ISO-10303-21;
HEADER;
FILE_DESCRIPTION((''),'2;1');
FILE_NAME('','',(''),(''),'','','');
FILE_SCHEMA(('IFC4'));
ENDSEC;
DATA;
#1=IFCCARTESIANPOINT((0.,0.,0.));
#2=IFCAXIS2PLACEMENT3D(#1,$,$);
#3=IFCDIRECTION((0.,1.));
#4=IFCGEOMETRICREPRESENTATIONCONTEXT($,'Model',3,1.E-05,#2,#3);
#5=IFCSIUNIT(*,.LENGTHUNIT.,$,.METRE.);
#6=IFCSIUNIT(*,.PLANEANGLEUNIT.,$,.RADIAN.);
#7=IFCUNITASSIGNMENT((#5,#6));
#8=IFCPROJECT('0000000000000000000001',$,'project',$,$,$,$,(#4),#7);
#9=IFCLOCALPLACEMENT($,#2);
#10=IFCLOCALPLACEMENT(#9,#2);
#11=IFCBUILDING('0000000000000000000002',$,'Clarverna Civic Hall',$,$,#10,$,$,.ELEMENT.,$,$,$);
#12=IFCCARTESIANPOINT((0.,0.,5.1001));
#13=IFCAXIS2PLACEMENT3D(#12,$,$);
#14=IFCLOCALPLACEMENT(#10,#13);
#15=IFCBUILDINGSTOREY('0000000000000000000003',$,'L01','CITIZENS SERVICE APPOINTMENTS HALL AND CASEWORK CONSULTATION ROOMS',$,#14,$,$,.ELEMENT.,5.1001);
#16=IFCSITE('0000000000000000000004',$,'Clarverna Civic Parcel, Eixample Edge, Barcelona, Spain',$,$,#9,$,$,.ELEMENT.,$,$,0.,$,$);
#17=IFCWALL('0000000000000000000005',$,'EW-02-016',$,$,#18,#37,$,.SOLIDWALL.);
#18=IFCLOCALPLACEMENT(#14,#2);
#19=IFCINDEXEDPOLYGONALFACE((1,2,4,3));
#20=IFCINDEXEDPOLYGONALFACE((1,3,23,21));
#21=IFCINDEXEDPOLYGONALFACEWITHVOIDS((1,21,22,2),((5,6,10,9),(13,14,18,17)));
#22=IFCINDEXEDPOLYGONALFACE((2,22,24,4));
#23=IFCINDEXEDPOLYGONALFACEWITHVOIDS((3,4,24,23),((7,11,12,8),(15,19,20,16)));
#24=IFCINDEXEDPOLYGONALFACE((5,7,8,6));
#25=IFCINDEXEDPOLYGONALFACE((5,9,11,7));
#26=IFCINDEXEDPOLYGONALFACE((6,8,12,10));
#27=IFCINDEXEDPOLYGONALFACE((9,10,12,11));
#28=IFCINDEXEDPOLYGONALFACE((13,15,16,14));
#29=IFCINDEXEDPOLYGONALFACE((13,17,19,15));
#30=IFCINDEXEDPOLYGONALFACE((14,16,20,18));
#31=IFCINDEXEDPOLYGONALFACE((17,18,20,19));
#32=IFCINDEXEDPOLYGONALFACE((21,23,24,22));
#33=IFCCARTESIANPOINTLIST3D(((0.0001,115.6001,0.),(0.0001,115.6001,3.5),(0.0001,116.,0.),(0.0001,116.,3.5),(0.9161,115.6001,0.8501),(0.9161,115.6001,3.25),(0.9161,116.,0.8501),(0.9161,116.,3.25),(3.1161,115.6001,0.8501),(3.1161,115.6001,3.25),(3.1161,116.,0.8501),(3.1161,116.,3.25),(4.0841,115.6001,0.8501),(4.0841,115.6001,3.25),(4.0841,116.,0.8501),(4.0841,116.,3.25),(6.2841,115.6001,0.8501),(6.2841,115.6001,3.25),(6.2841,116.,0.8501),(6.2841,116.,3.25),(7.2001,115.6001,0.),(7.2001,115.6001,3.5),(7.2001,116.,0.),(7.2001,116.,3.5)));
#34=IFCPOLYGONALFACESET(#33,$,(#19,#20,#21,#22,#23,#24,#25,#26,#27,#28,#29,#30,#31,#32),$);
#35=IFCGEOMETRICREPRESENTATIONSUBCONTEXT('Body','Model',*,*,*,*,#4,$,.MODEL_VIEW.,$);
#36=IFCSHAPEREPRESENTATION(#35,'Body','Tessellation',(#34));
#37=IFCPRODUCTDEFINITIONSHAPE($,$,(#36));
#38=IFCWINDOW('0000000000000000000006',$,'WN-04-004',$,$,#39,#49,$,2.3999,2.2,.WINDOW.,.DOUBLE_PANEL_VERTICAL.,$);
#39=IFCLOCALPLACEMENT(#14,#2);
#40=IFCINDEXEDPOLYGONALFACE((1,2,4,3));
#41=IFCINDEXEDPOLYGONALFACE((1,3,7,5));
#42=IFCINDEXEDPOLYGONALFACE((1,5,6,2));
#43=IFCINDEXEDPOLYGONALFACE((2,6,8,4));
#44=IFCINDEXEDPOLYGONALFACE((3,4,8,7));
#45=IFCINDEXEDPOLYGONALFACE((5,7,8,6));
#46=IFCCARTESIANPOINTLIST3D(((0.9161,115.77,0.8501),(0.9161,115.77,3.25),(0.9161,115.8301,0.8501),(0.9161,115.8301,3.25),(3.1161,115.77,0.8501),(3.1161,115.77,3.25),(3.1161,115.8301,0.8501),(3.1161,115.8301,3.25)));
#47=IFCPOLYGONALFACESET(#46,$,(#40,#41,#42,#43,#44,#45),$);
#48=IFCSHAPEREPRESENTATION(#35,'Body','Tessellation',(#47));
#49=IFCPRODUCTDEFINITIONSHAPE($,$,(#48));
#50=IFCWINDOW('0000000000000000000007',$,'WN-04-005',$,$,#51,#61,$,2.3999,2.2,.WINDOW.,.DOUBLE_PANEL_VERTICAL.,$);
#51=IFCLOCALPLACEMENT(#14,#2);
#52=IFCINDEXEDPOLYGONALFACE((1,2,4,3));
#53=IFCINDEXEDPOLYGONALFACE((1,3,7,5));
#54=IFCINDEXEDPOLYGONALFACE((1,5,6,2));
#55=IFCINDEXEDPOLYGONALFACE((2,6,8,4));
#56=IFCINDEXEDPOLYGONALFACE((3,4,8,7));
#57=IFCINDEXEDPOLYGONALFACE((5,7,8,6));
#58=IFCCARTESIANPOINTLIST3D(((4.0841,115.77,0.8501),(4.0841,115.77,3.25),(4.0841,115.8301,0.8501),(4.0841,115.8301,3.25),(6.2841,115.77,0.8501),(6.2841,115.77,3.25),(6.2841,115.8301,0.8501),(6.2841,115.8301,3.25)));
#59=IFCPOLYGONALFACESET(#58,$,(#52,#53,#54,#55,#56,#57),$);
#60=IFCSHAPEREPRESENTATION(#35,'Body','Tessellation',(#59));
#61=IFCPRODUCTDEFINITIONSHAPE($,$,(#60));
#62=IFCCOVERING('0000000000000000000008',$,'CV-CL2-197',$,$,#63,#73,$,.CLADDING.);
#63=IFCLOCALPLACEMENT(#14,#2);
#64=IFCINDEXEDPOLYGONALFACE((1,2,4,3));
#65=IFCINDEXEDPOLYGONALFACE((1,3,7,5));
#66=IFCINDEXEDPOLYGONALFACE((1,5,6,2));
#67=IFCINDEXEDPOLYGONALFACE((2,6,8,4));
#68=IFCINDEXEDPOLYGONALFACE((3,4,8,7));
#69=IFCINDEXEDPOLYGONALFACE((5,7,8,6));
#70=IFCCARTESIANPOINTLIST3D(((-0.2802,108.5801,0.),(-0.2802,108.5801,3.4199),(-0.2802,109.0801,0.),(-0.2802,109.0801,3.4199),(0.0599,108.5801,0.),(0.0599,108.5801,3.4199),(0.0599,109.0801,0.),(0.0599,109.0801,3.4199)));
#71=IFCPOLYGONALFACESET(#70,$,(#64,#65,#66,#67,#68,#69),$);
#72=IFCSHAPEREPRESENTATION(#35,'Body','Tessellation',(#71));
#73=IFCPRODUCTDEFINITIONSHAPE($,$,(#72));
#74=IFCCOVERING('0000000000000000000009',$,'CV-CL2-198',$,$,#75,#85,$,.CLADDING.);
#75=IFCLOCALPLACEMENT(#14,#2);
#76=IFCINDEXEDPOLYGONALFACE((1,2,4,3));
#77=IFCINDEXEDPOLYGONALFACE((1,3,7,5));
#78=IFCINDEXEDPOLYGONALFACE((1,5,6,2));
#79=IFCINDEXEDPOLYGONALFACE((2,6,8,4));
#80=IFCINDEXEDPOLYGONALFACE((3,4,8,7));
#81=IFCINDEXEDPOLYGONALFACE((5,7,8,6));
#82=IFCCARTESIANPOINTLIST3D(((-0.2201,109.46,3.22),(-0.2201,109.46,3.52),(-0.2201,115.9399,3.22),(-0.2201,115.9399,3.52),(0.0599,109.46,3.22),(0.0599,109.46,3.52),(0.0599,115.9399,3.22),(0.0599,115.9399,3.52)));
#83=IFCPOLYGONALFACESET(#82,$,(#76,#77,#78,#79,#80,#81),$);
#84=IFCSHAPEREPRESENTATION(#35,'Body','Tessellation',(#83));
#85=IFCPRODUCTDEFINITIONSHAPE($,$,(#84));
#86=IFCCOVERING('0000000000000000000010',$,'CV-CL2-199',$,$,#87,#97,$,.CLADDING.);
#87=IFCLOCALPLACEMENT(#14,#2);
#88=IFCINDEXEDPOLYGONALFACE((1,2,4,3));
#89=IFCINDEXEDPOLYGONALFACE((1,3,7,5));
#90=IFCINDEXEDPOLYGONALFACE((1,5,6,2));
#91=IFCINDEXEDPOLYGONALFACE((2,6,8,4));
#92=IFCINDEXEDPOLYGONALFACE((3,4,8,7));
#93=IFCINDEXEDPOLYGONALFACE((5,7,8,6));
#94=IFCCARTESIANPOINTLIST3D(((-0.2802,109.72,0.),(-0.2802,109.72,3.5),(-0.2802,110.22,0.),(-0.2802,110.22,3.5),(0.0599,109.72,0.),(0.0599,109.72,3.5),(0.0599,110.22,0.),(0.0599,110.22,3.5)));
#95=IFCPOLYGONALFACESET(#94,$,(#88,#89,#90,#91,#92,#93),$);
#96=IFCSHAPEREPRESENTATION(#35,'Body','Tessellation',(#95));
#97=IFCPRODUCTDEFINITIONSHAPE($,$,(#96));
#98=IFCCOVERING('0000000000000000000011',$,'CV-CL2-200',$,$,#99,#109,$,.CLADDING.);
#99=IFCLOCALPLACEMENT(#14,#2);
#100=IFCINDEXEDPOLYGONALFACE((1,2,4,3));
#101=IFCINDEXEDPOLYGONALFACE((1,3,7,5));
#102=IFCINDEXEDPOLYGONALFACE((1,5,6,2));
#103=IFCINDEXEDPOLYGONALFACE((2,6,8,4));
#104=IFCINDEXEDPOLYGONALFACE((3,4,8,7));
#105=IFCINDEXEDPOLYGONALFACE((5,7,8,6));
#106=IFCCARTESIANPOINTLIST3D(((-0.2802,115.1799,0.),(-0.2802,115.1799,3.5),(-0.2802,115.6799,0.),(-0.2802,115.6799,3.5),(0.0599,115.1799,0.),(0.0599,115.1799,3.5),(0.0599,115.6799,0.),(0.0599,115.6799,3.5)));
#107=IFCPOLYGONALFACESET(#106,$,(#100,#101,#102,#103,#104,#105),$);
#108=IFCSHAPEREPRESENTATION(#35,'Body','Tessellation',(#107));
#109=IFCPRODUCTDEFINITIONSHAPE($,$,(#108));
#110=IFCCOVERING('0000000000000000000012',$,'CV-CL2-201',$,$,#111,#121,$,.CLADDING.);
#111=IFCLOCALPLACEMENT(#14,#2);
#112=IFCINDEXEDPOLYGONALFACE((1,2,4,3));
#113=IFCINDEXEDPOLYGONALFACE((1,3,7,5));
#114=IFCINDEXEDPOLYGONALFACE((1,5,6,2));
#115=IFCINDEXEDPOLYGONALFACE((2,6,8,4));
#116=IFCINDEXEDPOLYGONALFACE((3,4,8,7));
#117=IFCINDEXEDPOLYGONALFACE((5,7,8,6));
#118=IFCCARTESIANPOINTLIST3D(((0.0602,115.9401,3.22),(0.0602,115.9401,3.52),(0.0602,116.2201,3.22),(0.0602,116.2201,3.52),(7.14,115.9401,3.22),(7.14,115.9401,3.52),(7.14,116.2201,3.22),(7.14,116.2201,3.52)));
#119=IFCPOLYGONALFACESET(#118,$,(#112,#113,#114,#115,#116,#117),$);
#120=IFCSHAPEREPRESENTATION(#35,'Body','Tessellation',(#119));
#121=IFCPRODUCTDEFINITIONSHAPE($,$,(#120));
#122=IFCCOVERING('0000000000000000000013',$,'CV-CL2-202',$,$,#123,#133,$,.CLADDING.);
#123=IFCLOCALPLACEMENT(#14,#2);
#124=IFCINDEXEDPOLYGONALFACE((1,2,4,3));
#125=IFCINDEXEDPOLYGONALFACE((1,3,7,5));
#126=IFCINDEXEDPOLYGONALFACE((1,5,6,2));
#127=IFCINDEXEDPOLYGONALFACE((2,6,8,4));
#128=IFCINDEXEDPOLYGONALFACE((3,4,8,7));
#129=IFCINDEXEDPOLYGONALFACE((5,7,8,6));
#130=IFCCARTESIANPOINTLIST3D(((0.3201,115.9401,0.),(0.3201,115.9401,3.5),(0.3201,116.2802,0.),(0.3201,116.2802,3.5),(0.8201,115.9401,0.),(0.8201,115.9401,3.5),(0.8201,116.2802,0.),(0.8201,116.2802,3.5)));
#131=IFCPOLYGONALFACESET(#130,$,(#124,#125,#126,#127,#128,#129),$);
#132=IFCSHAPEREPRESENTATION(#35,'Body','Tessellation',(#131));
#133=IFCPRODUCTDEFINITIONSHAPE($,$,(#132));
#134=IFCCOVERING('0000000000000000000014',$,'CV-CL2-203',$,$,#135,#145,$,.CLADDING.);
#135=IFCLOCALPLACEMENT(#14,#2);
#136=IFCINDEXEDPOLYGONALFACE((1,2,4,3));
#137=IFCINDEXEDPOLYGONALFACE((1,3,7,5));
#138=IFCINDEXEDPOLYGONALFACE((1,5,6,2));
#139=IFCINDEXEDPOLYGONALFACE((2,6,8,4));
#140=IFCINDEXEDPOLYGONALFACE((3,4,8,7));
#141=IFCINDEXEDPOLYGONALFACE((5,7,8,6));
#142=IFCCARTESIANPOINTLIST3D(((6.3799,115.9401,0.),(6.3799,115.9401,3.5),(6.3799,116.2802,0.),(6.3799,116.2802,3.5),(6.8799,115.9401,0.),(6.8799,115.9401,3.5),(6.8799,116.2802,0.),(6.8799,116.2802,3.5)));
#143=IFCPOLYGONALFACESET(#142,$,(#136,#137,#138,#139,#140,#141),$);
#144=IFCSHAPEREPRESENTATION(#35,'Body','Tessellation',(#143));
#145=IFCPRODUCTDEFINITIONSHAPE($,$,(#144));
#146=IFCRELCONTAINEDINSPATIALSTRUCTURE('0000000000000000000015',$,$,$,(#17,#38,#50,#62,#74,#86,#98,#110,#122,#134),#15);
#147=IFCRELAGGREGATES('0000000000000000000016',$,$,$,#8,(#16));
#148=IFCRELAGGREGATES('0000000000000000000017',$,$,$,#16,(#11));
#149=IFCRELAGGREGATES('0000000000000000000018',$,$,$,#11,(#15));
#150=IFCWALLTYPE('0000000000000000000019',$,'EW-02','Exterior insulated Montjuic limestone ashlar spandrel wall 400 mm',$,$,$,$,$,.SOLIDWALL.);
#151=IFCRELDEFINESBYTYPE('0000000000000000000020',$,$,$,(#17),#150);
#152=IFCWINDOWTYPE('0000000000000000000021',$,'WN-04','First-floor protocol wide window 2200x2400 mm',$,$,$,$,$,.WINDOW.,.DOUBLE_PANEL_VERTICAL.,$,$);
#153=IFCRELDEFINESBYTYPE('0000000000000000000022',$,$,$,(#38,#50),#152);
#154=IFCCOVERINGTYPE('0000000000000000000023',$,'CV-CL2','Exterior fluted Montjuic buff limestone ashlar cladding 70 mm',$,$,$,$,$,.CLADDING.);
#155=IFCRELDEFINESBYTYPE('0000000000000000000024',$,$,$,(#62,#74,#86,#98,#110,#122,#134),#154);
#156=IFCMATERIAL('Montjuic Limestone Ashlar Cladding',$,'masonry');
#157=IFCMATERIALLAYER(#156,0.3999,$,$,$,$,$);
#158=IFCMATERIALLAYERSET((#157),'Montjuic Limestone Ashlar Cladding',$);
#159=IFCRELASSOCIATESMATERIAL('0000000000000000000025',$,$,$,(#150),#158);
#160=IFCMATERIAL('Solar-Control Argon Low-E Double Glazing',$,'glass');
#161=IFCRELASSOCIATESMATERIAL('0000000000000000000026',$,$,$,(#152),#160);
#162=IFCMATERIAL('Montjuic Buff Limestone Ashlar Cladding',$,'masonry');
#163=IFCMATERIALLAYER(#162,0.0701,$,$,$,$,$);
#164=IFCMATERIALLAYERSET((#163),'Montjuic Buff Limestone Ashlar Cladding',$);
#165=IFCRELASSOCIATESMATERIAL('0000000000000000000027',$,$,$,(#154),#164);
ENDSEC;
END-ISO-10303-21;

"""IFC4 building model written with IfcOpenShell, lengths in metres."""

from ifc_helpers import new_model, si_unit, direction, frame, frame_2d, origin, place, context, subcontext, project, spatial, rectangle, extrude, material, layer, layer_set, type_object, element, fill, save


model = new_model("IFC4")

# Units and contexts
model_context = context("Model", 3, precision=1e-05, world=origin(), true_north=direction((0.0, 1.0)))
body_context = subcontext(model_context, "Body", "Model", "MODEL_VIEW")
ifc_project = project(units=[si_unit("LENGTHUNIT", "METRE"), si_unit("PLANEANGLEUNIT", "RADIAN")], contexts=[model_context])

# Site, building, storey
site_placement = place(None, origin())
site = spatial("IfcSite", under=ifc_project, at=site_placement, Name="Clarverna Civic Parcel, Eixample Edge, Barcelona, Spain", CompositionType="ELEMENT", RefElevation=0.0)
building_placement = place(site_placement, origin())
building = spatial("IfcBuilding", under=site, at=building_placement, Name="Clarverna Civic Hall", CompositionType="ELEMENT")
storey_placement = place(building_placement, frame((0.0, 0.0, 5.1001)))
storey = spatial("IfcBuildingStorey", under=building, at=storey_placement, Name="L01", Description="CITIZENS SERVICE APPOINTMENTS HALL AND CASEWORK CONSULTATION ROOMS", CompositionType="ELEMENT", Elevation=5.1001)

# Shared definitions
ifc_material_1 = material(Name="Montjuic Limestone Ashlar Cladding", Category="masonry")
ifc_layer_1 = layer(ifc_material_1, 0.3999)
ifc_layer_set_1 = layer_set([ifc_layer_1], Name="Montjuic Limestone Ashlar Cladding")
wall_type = type_object("IfcWallType", Name="EW-02", Description="Exterior insulated Montjuic limestone ashlar spandrel wall 400 mm", PredefinedType="SOLIDWALL", material=ifc_layer_set_1)
ifc_material_2 = material(Name="Solar-Control Argon Low-E Double Glazing", Category="glass")

# Wall, openings, windows
wall_1_placement = place(storey_placement, frame((0.0, 115.8, 0.0), z_axis=(0.0, 0.0, 1.0), x_axis=(1.0, 0.0, 0.0)))
wall_1 = element("IfcWall", 1, at=wall_1_placement, inside=storey, type_object=wall_type, Name="EW-02-016", PredefinedType="SOLIDWALL", context=body_context, shape_type="SweptSolid", body=[
    extrude(rectangle(XDim=7.2, YDim=0.3999, at=frame_2d((3.6001, 0.0))), origin(), (0.0, 0.0, 1.0), 3.5),
])
opening_1_placement = place(wall_1_placement, frame((0.916, 0.0, 0.8501)))
opening_1 = element("IfcOpeningElement", 2, at=opening_1_placement, cuts=wall_1, PredefinedType="OPENING", context=body_context, shape_type="SweptSolid", body=[
    extrude(rectangle(XDim=2.2, YDim=2.3999, at=frame_2d((1.1001, 1.2))), frame((0.0, 0.21, 0.0), z_axis=(0.0, -1.0, 0.0), x_axis=(1.0, 0.0, 0.0)), (0.0, 0.0, 1.0), 0.4199),
])
opening_2_placement = place(wall_1_placement, frame((4.084, 0.0, 0.8501)))
opening_2 = element("IfcOpeningElement", 3, at=opening_2_placement, cuts=wall_1, PredefinedType="OPENING", context=body_context, shape_type="SweptSolid", body=[
    extrude(rectangle(XDim=2.2, YDim=2.3999, at=frame_2d((1.1001, 1.2))), frame((0.0, 0.21, 0.0), z_axis=(0.0, -1.0, 0.0), x_axis=(1.0, 0.0, 0.0)), (0.0, 0.0, 1.0), 0.4199),
])
window_type_1 = type_object("IfcWindowType", Name="WN-04", Description="First-floor protocol wide window 2200x2400 mm", PartitioningType="DOUBLE_PANEL_VERTICAL", PredefinedType="WINDOW", material=ifc_material_2)
window_1_placement = place(opening_1_placement, origin())
window_1 = element("IfcWindow", 4, at=window_1_placement, inside=storey, type_object=window_type_1, Name="WN-04-004", OverallHeight=2.3999, OverallWidth=2.2, PartitioningType="DOUBLE_PANEL_VERTICAL", PredefinedType="WINDOW", context=body_context, shape_type="SweptSolid", body=[
    extrude(rectangle(XDim=2.2, YDim=2.3999, at=frame_2d((1.1001, 1.2))), frame((0.0, 0.03, 0.0), z_axis=(0.0, -1.0, 0.0), x_axis=(1.0, 0.0, 0.0)), (0.0, 0.0, 1.0), 0.0601),
])
fill(opening_1, window_1)
window_2_placement = place(opening_2_placement, origin())
window_2 = element("IfcWindow", 5, at=window_2_placement, inside=storey, type_object=window_type_1, Name="WN-04-005", OverallHeight=2.3999, OverallWidth=2.2, PartitioningType="DOUBLE_PANEL_VERTICAL", PredefinedType="WINDOW", context=body_context, shape_type="SweptSolid", body=[
    extrude(rectangle(XDim=2.2, YDim=2.3999, at=frame_2d((1.1001, 1.2))), frame((0.0, 0.03, 0.0), z_axis=(0.0, -1.0, 0.0), x_axis=(1.0, 0.0, 0.0)), (0.0, 0.0, 1.0), 0.0601),
])
fill(opening_2, window_2)

# Coverings
ifc_material_3 = material(Name="Montjuic Buff Limestone Ashlar Cladding", Category="masonry")
ifc_layer_2 = layer(ifc_material_3, 0.0701)
ifc_layer_set_2 = layer_set([ifc_layer_2], Name="Montjuic Buff Limestone Ashlar Cladding")
covering_type = type_object("IfcCoveringType", Name="CV-CL2", Description="Exterior fluted Montjuic buff limestone ashlar cladding 70 mm", PredefinedType="CLADDING", material=ifc_layer_set_2)
covering_1_placement = place(storey_placement, frame((-0.1101, 108.5801, 0.0), z_axis=(0.0, 0.0, 1.0), x_axis=(0.0, 1.0, 0.0)))
element("IfcCovering", 6, at=covering_1_placement, inside=storey, type_object=covering_type, Name="CV-CL2-197", PredefinedType="CLADDING", context=body_context, shape_type="SweptSolid", body=[
    extrude(rectangle(XDim=0.5, YDim=0.3401, at=frame_2d((0.25, 0.0))), origin(), (0.0, 0.0, 1.0), 3.4199),
])
covering_2_placement = place(storey_placement, frame((-0.0801, 109.46, 3.22), z_axis=(0.0, 0.0, 1.0), x_axis=(0.0, 1.0, 0.0)))
element("IfcCovering", 7, at=covering_2_placement, inside=storey, type_object=covering_type, Name="CV-CL2-198", PredefinedType="CLADDING", context=body_context, shape_type="SweptSolid", body=[
    extrude(rectangle(XDim=6.48, YDim=0.28, at=frame_2d((3.24, 0.0))), origin(), (0.0, 0.0, 1.0), 0.3),
])
for number, where, z_axis, x_axis, name in (
    (8, (-0.1101, 109.72, 0.0), (0.0, 0.0, 1.0), (0.0, 1.0, 0.0), "CV-CL2-199"),
    (9, (-0.1101, 115.1799, 0.0), (0.0, 0.0, 1.0), (0.0, 1.0, 0.0), "CV-CL2-200"),
):
    element("IfcCovering", number, at=place(storey_placement, frame(where, z_axis=z_axis, x_axis=x_axis)), inside=storey, type_object=covering_type, Name=name, PredefinedType="CLADDING", context=body_context, shape_type="SweptSolid", body=[
        extrude(rectangle(XDim=0.5, YDim=0.3401, at=frame_2d((0.25, 0.0))), origin(), (0.0, 0.0, 1.0), 3.5),
    ])
covering_3_placement = place(storey_placement, frame((0.0601, 116.0801, 3.22), z_axis=(0.0, 0.0, 1.0), x_axis=(1.0, 0.0, 0.0)))
element("IfcCovering", 10, at=covering_3_placement, inside=storey, type_object=covering_type, Name="CV-CL2-201", PredefinedType="CLADDING", context=body_context, shape_type="SweptSolid", body=[
    extrude(rectangle(XDim=7.0798, YDim=0.28, at=frame_2d((3.54, 0.0))), origin(), (0.0, 0.0, 1.0), 0.3),
])
for number, where, z_axis, x_axis, name in (
    (11, (0.3201, 116.1101, 0.0), (0.0, 0.0, 1.0), (1.0, 0.0, 0.0), "CV-CL2-202"),
    (12, (6.3799, 116.1101, 0.0), (0.0, 0.0, 1.0), (1.0, 0.0, 0.0), "CV-CL2-203"),
):
    element("IfcCovering", number, at=place(storey_placement, frame(where, z_axis=z_axis, x_axis=x_axis)), inside=storey, type_object=covering_type, Name=name, PredefinedType="CLADDING", context=body_context, shape_type="SweptSolid", body=[
        extrude(rectangle(XDim=0.5, YDim=0.3401, at=frame_2d((0.25, 0.0))), origin(), (0.0, 0.0, 1.0), 3.5),
    ])

save(model, "model.ifc")
